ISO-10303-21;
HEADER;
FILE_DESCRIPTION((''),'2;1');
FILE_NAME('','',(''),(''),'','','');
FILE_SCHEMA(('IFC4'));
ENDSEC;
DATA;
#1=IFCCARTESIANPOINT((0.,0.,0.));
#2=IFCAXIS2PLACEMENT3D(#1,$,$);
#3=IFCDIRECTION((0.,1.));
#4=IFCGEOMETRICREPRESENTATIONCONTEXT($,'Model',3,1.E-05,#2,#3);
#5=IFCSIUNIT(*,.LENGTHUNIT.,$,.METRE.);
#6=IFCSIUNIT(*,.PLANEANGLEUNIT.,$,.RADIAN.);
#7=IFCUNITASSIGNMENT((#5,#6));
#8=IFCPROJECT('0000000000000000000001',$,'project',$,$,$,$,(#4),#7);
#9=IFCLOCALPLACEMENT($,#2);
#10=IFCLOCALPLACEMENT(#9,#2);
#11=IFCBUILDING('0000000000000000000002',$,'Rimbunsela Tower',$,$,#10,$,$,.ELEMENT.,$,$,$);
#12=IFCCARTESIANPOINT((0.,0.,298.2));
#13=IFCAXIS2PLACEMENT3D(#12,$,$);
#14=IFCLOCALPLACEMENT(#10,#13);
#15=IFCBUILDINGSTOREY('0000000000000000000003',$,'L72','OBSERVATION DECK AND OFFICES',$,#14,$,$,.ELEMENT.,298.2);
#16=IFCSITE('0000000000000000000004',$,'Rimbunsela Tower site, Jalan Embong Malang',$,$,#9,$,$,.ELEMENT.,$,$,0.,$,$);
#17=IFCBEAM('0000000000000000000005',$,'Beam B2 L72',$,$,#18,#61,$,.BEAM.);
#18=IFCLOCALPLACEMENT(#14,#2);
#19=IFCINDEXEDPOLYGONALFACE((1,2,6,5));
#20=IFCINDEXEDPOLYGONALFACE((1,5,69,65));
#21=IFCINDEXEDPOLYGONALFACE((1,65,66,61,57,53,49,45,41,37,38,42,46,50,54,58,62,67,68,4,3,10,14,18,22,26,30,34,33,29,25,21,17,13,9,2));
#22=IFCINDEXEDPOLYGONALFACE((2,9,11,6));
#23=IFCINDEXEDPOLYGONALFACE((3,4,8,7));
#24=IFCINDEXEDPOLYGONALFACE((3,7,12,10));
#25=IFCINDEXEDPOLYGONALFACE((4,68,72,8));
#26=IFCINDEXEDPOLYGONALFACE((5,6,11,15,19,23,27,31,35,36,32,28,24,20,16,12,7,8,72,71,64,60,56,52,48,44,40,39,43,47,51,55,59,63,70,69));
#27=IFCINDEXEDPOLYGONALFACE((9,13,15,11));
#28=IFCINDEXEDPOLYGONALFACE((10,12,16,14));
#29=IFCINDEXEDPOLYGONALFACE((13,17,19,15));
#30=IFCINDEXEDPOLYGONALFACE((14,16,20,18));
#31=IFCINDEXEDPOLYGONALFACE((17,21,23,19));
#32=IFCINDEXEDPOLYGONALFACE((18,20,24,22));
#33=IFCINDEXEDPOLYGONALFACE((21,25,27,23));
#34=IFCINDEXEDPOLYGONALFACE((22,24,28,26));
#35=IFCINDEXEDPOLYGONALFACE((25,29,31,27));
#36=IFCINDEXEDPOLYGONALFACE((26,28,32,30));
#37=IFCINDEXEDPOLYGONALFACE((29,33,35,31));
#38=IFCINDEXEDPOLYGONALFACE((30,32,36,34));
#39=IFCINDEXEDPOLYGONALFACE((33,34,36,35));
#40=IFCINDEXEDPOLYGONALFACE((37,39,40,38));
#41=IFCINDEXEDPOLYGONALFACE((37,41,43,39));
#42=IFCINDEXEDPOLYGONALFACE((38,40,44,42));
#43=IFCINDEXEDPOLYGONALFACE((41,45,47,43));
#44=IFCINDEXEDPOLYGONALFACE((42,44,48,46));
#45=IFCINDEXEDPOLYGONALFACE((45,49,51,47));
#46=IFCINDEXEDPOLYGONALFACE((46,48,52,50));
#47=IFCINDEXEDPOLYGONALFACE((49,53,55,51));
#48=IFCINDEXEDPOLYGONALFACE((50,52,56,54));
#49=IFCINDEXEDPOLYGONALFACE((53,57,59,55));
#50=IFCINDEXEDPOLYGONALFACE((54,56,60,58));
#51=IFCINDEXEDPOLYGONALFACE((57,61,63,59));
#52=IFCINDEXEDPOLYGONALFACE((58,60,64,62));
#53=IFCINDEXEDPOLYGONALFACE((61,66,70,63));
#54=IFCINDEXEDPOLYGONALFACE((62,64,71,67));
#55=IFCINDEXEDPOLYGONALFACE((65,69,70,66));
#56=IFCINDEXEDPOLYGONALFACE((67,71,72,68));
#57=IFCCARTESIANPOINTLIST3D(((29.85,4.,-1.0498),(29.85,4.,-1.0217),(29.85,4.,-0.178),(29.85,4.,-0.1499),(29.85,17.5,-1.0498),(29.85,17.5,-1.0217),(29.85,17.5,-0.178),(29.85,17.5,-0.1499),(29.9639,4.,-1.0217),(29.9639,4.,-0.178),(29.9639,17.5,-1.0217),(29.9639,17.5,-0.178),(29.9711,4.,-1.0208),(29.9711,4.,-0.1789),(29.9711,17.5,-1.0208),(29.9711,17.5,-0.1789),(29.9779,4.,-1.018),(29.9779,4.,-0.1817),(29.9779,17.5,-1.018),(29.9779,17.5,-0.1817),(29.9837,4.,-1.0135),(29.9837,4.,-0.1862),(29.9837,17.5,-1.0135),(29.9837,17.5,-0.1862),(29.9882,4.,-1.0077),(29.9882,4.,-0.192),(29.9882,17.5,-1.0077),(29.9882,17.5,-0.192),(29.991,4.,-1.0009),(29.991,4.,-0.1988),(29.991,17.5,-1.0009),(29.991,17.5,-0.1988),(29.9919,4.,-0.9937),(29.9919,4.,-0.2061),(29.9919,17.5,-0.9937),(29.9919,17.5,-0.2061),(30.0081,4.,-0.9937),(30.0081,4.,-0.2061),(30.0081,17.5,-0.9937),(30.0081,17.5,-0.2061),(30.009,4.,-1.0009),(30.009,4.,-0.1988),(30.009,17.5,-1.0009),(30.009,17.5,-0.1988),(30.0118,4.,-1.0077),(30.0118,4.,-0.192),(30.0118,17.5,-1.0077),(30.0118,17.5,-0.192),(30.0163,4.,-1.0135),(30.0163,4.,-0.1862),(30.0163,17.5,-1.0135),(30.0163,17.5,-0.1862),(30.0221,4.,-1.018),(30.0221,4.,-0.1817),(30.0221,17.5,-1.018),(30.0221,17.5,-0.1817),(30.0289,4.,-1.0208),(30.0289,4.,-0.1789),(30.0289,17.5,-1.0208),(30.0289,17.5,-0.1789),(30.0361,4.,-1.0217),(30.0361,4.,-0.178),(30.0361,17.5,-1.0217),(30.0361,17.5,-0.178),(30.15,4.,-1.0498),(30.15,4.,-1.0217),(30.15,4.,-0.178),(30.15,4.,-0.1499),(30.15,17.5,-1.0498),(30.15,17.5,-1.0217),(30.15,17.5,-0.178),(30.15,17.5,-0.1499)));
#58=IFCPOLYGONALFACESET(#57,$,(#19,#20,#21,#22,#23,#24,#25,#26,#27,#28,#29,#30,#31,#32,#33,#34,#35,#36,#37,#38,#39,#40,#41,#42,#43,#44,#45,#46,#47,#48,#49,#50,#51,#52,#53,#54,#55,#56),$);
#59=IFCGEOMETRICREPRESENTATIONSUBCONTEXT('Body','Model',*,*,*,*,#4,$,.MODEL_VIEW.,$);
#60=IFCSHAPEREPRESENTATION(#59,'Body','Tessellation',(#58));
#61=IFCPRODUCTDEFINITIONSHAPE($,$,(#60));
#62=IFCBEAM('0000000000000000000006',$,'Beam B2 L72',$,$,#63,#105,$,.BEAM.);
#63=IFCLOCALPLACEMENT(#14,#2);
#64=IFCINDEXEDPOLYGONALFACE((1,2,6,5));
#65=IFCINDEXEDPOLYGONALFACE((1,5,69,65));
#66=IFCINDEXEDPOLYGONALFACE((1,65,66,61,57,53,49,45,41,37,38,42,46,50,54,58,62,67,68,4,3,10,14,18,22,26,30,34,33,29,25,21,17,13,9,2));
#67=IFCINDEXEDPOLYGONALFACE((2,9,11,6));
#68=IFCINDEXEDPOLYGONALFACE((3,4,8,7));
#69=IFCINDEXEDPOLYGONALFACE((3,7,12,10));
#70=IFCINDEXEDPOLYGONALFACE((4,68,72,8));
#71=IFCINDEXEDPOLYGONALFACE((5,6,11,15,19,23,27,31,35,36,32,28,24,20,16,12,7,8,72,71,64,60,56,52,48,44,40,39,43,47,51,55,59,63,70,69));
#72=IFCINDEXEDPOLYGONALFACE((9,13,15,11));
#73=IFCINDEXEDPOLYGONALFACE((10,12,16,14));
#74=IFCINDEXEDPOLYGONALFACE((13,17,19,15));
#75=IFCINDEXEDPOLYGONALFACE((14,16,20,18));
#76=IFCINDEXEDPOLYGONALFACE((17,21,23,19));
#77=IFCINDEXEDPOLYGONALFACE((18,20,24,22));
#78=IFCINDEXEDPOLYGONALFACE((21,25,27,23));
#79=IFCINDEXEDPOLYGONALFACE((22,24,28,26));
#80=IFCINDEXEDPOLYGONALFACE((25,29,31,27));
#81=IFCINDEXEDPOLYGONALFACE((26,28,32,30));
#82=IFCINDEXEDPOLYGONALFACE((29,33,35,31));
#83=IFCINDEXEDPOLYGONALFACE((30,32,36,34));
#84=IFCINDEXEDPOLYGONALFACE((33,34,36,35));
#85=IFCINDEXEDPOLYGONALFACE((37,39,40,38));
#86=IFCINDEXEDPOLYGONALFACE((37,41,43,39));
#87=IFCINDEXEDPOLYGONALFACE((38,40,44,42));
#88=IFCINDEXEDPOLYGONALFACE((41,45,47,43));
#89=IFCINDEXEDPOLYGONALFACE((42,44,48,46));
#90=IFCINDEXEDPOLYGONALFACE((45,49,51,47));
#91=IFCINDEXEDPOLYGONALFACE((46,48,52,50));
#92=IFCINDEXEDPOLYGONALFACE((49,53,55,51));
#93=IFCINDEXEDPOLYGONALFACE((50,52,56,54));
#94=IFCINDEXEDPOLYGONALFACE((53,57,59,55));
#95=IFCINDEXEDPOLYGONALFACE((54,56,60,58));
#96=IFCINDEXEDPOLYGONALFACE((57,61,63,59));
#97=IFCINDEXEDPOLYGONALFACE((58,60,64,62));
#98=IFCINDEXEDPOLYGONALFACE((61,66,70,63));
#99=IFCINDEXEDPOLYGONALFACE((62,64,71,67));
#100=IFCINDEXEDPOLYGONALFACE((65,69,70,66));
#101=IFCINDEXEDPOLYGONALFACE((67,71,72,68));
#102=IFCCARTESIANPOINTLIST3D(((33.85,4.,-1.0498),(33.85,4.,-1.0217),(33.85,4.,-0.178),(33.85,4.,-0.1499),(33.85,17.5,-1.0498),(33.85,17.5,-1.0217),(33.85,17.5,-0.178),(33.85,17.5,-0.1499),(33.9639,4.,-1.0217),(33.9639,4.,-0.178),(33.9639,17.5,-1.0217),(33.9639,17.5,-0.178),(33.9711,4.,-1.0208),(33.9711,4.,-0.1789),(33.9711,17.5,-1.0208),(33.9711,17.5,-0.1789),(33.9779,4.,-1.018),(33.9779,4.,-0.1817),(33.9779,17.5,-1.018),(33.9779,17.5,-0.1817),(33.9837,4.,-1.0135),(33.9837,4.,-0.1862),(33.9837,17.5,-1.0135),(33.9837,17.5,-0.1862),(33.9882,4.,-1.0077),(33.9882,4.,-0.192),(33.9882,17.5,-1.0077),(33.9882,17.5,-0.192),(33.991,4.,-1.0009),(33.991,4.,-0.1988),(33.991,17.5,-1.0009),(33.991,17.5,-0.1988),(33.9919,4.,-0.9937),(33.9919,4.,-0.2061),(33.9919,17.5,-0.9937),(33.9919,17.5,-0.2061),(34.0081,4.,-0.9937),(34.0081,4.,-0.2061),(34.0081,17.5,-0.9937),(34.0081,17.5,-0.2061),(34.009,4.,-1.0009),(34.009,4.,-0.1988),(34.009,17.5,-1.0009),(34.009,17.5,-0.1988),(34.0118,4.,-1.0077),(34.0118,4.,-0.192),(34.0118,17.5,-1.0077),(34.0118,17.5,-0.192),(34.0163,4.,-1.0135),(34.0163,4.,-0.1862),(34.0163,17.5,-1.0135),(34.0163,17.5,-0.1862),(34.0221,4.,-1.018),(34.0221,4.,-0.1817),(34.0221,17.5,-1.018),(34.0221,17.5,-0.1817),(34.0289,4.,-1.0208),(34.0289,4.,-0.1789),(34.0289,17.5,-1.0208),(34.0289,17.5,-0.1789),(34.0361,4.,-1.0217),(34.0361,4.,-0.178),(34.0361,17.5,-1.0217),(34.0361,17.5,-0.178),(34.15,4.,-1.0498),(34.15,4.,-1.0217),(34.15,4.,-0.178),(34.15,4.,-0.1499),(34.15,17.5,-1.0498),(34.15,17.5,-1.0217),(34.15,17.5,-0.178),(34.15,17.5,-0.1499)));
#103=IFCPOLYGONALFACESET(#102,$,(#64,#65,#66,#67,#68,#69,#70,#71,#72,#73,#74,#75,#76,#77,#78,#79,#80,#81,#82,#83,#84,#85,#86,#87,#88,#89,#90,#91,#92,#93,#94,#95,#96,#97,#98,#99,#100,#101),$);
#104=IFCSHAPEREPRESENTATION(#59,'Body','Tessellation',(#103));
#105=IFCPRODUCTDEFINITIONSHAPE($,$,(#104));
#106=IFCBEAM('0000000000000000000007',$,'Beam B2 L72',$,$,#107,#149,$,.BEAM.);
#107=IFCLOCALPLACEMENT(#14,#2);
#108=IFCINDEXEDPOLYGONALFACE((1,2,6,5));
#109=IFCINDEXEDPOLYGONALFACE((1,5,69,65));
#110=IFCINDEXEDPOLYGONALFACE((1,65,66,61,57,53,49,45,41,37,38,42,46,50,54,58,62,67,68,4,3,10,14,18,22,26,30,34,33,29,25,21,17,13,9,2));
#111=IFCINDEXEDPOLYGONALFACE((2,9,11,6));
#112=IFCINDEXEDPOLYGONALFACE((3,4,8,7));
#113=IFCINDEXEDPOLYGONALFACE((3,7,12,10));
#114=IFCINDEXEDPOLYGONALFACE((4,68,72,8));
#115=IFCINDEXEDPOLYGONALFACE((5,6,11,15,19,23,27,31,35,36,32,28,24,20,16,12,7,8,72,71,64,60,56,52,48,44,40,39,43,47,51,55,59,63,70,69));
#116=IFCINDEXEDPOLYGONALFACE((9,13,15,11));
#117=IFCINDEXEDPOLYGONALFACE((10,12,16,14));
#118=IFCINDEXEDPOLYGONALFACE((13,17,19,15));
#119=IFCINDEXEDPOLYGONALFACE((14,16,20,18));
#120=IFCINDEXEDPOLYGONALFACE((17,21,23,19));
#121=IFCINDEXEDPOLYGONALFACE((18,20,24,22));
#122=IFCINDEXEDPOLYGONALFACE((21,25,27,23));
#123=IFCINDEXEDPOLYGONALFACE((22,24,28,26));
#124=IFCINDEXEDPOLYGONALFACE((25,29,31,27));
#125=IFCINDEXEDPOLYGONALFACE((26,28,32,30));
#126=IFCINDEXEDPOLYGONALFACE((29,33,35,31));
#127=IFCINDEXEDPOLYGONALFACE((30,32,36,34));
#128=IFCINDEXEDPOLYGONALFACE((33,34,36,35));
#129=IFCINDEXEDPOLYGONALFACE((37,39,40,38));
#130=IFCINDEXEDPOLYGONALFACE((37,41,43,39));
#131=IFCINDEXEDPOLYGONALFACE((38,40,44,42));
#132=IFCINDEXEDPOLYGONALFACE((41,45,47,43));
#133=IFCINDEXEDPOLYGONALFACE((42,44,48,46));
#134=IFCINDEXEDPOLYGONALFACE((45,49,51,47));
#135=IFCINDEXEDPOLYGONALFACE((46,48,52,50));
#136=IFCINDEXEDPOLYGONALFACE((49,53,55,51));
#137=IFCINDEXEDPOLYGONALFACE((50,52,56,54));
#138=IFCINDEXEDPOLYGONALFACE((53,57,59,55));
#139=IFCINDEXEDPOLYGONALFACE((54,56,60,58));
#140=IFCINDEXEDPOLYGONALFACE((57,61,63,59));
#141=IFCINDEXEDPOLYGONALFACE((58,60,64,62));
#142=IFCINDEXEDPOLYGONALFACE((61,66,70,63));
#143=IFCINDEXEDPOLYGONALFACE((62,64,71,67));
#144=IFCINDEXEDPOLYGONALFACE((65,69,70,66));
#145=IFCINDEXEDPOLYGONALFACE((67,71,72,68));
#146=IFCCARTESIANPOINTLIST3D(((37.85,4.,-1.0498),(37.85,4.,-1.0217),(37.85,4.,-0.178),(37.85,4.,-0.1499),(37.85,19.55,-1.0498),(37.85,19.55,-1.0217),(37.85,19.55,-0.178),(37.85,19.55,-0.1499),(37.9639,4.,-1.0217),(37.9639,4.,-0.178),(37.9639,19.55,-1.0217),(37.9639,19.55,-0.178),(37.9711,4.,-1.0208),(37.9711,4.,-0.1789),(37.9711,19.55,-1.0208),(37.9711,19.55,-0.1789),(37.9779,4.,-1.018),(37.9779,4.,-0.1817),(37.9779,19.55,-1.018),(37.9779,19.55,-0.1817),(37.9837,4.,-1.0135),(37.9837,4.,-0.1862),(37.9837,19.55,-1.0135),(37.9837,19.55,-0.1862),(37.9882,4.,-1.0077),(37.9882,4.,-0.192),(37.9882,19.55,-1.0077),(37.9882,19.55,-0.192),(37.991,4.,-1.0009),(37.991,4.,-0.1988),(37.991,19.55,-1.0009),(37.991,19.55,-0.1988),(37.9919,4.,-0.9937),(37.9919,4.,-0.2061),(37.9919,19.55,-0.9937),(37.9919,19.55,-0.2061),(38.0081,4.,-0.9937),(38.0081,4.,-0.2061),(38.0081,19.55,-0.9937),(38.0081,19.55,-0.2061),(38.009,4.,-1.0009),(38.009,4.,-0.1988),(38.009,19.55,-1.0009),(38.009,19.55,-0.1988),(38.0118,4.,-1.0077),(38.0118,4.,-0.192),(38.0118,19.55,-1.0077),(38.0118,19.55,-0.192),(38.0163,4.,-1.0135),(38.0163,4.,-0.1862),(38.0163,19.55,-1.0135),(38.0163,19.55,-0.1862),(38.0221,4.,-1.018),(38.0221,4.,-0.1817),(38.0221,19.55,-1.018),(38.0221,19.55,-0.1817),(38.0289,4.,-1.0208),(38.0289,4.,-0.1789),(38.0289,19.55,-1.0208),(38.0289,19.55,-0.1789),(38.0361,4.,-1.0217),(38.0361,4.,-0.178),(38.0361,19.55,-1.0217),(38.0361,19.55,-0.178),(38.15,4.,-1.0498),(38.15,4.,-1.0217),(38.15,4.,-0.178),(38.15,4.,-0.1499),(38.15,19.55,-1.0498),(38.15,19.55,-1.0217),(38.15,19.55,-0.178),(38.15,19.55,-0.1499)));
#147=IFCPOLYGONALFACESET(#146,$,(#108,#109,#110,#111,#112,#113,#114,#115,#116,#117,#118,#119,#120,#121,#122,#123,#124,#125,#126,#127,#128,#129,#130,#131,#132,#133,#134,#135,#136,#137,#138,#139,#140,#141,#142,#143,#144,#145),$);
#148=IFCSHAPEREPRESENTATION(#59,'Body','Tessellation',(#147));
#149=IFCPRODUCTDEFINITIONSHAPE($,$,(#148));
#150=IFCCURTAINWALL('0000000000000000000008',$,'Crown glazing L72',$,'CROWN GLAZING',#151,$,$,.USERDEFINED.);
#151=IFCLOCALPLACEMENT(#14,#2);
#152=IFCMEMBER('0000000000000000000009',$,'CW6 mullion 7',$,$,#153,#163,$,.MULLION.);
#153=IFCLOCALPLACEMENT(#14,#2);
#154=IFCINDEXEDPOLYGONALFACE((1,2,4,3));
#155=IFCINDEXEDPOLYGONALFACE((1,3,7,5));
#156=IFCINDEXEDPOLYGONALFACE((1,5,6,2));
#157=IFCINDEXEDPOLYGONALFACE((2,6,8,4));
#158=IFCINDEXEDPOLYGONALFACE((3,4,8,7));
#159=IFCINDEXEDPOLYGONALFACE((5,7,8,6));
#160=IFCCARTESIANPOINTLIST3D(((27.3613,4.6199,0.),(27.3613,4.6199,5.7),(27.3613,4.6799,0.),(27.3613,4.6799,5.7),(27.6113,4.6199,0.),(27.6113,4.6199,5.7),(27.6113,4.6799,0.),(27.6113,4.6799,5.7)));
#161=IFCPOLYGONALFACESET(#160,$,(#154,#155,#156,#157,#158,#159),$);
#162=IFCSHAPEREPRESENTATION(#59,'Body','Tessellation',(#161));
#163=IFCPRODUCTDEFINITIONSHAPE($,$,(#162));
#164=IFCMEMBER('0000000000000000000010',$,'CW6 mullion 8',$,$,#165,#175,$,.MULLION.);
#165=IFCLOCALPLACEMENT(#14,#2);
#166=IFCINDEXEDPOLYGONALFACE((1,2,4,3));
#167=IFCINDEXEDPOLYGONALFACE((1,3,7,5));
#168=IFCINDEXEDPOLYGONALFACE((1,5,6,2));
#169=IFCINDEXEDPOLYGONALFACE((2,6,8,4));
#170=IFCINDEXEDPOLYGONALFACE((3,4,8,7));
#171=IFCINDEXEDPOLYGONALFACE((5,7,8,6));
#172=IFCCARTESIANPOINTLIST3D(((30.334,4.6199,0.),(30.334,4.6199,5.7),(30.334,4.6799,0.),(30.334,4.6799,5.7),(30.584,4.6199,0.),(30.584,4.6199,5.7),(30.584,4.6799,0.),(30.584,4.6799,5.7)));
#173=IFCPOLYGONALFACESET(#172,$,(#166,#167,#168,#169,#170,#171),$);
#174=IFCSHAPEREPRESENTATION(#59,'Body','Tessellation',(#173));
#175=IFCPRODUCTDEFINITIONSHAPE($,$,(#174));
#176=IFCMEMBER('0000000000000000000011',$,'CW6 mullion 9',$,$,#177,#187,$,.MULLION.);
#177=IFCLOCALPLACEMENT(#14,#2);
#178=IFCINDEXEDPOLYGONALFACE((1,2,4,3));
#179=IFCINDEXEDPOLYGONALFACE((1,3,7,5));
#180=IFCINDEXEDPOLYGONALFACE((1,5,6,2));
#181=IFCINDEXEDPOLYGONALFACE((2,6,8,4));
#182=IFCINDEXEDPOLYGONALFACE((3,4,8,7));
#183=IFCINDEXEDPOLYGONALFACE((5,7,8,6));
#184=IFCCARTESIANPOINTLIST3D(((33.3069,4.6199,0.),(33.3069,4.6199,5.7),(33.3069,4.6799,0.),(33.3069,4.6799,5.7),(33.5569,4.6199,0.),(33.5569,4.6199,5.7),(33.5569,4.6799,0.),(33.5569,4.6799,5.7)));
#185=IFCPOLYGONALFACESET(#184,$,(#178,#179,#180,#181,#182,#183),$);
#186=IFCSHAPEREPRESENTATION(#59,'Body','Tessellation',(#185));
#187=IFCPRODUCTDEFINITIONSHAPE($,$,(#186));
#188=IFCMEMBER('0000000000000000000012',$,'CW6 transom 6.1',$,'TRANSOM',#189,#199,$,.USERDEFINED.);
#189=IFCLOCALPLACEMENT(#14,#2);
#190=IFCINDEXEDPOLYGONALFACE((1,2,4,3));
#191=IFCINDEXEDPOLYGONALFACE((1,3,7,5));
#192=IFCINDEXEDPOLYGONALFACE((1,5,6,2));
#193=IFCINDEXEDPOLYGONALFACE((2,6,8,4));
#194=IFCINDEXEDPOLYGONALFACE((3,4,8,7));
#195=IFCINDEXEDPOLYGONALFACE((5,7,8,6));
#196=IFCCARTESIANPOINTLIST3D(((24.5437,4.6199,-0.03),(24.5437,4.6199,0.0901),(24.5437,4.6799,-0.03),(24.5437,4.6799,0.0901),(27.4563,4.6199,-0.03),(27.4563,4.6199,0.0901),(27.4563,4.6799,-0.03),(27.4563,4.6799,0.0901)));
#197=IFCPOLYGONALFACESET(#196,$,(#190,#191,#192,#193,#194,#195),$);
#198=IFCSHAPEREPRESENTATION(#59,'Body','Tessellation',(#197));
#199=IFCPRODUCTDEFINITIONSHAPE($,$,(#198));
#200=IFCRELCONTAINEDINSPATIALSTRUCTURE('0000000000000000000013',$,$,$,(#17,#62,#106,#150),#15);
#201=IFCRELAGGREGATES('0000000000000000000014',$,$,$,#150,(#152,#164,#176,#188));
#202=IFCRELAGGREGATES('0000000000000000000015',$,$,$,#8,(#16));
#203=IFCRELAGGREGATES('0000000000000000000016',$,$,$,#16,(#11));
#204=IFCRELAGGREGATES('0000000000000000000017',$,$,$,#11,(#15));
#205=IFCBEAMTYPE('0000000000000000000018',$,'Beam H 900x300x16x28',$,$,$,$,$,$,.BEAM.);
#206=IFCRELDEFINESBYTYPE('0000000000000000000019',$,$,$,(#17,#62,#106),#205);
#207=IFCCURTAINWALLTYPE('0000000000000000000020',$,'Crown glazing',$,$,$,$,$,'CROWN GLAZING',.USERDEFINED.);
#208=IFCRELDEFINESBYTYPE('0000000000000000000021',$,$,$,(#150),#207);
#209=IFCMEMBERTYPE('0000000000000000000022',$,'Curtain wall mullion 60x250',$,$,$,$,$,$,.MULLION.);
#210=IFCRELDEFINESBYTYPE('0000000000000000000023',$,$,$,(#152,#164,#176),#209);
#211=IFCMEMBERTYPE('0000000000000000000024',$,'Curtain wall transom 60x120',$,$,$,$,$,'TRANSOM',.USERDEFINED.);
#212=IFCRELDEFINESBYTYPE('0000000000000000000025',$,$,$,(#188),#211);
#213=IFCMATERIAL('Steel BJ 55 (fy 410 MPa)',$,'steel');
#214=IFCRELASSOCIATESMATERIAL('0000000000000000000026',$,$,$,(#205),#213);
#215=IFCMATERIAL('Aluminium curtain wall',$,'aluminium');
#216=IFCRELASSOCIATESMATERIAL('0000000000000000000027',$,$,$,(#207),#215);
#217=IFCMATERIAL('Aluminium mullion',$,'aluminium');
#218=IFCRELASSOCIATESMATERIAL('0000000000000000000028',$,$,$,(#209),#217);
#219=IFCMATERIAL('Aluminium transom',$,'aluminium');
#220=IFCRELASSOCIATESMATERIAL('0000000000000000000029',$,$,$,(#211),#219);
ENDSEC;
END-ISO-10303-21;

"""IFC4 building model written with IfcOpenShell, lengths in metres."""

from ifc_helpers import new_model, si_unit, direction, frame, origin, origin_2d, place, context, subcontext, project, spatial, rectangle, i_section, extrude, material, material_profile, profile_set, type_object, element, aggregate, save


model = new_model("IFC4")

# Units and contexts
model_context = context("Model", 3, precision=1e-05, world=origin(), true_north=direction((0.0, 1.0)))
body_context = subcontext(model_context, "Body", "Model", "MODEL_VIEW")
ifc_project = project(units=[si_unit("LENGTHUNIT", "METRE"), si_unit("PLANEANGLEUNIT", "RADIAN")], contexts=[model_context])

# Site, building, storey
site_placement = place(None, origin())
site = spatial("IfcSite", under=ifc_project, at=site_placement, Name="Rimbunsela Tower site, Jalan Embong Malang", CompositionType="ELEMENT", RefElevation=0.0)
building_placement = place(site_placement, origin())
building = spatial("IfcBuilding", under=site, at=building_placement, Name="Rimbunsela Tower", CompositionType="ELEMENT")
storey_placement = place(building_placement, frame((0.0, 0.0, 298.2)))
storey = spatial("IfcBuildingStorey", under=building, at=storey_placement, Name="L72", Description="OBSERVATION DECK AND OFFICES", CompositionType="ELEMENT", Elevation=298.2)

# Beams
ifc_material_1 = material(Name="Steel BJ 55 (fy 410 MPa)", Category="steel")
ifc_material_profile_1 = material_profile(ifc_material_1, i_section(OverallWidth=0.3, OverallDepth=0.8999, WebThickness=0.0161, FlangeThickness=0.0281, FilletRadius=0.0281, at=origin_2d()), Name="H 900x300x16x28")
ifc_profile_set_1 = profile_set([ifc_material_profile_1], Name="Steel BJ 55 (fy 410 MPa)")
beam_type_1 = type_object("IfcBeamType", Name="Beam H 900x300x16x28", PredefinedType="BEAM", material=ifc_profile_set_1)
for number, where, z_axis, x_axis, name in (
    (1, (30.0, 4.0, -0.5999), (0.0, 1.0, 0.0), (-1.0, 0.0, 0.0), "Beam B2 L72"),
    (2, (34.0, 4.0, -0.5999), (0.0, 1.0, 0.0), (-1.0, 0.0, 0.0), "Beam B2 L72"),
):
    element("IfcBeam", number, at=place(storey_placement, frame(where, z_axis=z_axis, x_axis=x_axis)), inside=storey, type_object=beam_type_1, Name=name, PredefinedType="BEAM", context=body_context, shape_type="SweptSolid", body=[
        extrude(i_section(OverallWidth=0.3, OverallDepth=0.8999, WebThickness=0.0161, FlangeThickness=0.0281, FilletRadius=0.0281, at=origin_2d()), origin(), (0.0, 0.0, 1.0), 13.5),
    ])
beam_placement = place(storey_placement, frame((38.0, 4.0, -0.5999), z_axis=(0.0, 1.0, 0.0), x_axis=(-1.0, 0.0, 0.0)))
element("IfcBeam", 3, at=beam_placement, inside=storey, type_object=beam_type_1, Name="Beam B2 L72", PredefinedType="BEAM", context=body_context, shape_type="SweptSolid", body=[
    extrude(i_section(OverallWidth=0.3, OverallDepth=0.8999, WebThickness=0.0161, FlangeThickness=0.0281, FilletRadius=0.0281, at=origin_2d()), origin(), (0.0, 0.0, 1.0), 15.55),
])

# Curtain wall, members
ifc_material_2 = material(Name="Aluminium curtain wall", Category="aluminium")
curtain_wall_type = type_object("IfcCurtainWallType", Name="Crown glazing", ElementType="CROWN GLAZING", PredefinedType="USERDEFINED", material=ifc_material_2)
curtain_wall_placement = place(storey_placement, origin())
curtain_wall = element("IfcCurtainWall", 4, at=curtain_wall_placement, inside=storey, type_object=curtain_wall_type, Name="Crown glazing L72", ObjectType="CROWN GLAZING", PredefinedType="USERDEFINED")
ifc_material_3 = material(Name="Aluminium mullion", Category="aluminium")
ifc_material_profile_2 = material_profile(ifc_material_3, rectangle(XDim=0.0601, YDim=0.25, at=origin_2d()), Name="Mullion 60x250")
ifc_profile_set_2 = profile_set([ifc_material_profile_2], Name="Aluminium mullion")
member_type_1 = type_object("IfcMemberType", Name="Curtain wall mullion 60x250", PredefinedType="MULLION", material=ifc_profile_set_2)
member_1_placement = place(storey_placement, frame((27.4863, 4.6499, 0.0), z_axis=(0.0, 0.0, 1.0), x_axis=(0.0, 1.0, 0.0)))
member_1 = element("IfcMember", 5, at=member_1_placement, type_object=member_type_1, Name="CW6 mullion 7", PredefinedType="MULLION", context=body_context, shape_type="SweptSolid", body=[
    extrude(rectangle(XDim=0.0601, YDim=0.25, at=origin_2d()), origin(), (0.0, 0.0, 1.0), 5.7),
])
member_2_placement = place(storey_placement, frame((30.459, 4.6499, 0.0), z_axis=(0.0, 0.0, 1.0), x_axis=(0.0, 1.0, 0.0)))
member_2 = element("IfcMember", 6, at=member_2_placement, type_object=member_type_1, Name="CW6 mullion 8", PredefinedType="MULLION", context=body_context, shape_type="SweptSolid", body=[
    extrude(rectangle(XDim=0.0601, YDim=0.25, at=origin_2d()), origin(), (0.0, 0.0, 1.0), 5.7),
])
member_3_placement = place(storey_placement, frame((33.4319, 4.6499, 0.0), z_axis=(0.0, 0.0, 1.0), x_axis=(0.0, 1.0, 0.0)))
member_3 = element("IfcMember", 7, at=member_3_placement, type_object=member_type_1, Name="CW6 mullion 9", PredefinedType="MULLION", context=body_context, shape_type="SweptSolid", body=[
    extrude(rectangle(XDim=0.0601, YDim=0.25, at=origin_2d()), origin(), (0.0, 0.0, 1.0), 5.7),
])
ifc_material_4 = material(Name="Aluminium transom", Category="aluminium")
ifc_material_profile_3 = material_profile(ifc_material_4, rectangle(XDim=0.0601, YDim=0.1201, at=origin_2d()), Name="Transom 60x120")
ifc_profile_set_3 = profile_set([ifc_material_profile_3], Name="Aluminium transom")
member_type_2 = type_object("IfcMemberType", Name="Curtain wall transom 60x120", ElementType="TRANSOM", PredefinedType="USERDEFINED", material=ifc_profile_set_3)
member_4_placement = place(storey_placement, frame((24.5437, 4.6499, 0.03), z_axis=(1.0, 0.0, 0.0), x_axis=(0.0, 1.0, 0.0)))
member_4 = element("IfcMember", 8, at=member_4_placement, type_object=member_type_2, Name="CW6 transom 6.1", ObjectType="TRANSOM", PredefinedType="USERDEFINED", context=body_context, shape_type="SweptSolid", body=[
    extrude(rectangle(XDim=0.0601, YDim=0.1201, at=origin_2d()), origin(), (0.0, 0.0, 1.0), 2.9126),
])
aggregate(curtain_wall, [member_1, member_2, member_3, member_4])

save(model, "model.ifc")
